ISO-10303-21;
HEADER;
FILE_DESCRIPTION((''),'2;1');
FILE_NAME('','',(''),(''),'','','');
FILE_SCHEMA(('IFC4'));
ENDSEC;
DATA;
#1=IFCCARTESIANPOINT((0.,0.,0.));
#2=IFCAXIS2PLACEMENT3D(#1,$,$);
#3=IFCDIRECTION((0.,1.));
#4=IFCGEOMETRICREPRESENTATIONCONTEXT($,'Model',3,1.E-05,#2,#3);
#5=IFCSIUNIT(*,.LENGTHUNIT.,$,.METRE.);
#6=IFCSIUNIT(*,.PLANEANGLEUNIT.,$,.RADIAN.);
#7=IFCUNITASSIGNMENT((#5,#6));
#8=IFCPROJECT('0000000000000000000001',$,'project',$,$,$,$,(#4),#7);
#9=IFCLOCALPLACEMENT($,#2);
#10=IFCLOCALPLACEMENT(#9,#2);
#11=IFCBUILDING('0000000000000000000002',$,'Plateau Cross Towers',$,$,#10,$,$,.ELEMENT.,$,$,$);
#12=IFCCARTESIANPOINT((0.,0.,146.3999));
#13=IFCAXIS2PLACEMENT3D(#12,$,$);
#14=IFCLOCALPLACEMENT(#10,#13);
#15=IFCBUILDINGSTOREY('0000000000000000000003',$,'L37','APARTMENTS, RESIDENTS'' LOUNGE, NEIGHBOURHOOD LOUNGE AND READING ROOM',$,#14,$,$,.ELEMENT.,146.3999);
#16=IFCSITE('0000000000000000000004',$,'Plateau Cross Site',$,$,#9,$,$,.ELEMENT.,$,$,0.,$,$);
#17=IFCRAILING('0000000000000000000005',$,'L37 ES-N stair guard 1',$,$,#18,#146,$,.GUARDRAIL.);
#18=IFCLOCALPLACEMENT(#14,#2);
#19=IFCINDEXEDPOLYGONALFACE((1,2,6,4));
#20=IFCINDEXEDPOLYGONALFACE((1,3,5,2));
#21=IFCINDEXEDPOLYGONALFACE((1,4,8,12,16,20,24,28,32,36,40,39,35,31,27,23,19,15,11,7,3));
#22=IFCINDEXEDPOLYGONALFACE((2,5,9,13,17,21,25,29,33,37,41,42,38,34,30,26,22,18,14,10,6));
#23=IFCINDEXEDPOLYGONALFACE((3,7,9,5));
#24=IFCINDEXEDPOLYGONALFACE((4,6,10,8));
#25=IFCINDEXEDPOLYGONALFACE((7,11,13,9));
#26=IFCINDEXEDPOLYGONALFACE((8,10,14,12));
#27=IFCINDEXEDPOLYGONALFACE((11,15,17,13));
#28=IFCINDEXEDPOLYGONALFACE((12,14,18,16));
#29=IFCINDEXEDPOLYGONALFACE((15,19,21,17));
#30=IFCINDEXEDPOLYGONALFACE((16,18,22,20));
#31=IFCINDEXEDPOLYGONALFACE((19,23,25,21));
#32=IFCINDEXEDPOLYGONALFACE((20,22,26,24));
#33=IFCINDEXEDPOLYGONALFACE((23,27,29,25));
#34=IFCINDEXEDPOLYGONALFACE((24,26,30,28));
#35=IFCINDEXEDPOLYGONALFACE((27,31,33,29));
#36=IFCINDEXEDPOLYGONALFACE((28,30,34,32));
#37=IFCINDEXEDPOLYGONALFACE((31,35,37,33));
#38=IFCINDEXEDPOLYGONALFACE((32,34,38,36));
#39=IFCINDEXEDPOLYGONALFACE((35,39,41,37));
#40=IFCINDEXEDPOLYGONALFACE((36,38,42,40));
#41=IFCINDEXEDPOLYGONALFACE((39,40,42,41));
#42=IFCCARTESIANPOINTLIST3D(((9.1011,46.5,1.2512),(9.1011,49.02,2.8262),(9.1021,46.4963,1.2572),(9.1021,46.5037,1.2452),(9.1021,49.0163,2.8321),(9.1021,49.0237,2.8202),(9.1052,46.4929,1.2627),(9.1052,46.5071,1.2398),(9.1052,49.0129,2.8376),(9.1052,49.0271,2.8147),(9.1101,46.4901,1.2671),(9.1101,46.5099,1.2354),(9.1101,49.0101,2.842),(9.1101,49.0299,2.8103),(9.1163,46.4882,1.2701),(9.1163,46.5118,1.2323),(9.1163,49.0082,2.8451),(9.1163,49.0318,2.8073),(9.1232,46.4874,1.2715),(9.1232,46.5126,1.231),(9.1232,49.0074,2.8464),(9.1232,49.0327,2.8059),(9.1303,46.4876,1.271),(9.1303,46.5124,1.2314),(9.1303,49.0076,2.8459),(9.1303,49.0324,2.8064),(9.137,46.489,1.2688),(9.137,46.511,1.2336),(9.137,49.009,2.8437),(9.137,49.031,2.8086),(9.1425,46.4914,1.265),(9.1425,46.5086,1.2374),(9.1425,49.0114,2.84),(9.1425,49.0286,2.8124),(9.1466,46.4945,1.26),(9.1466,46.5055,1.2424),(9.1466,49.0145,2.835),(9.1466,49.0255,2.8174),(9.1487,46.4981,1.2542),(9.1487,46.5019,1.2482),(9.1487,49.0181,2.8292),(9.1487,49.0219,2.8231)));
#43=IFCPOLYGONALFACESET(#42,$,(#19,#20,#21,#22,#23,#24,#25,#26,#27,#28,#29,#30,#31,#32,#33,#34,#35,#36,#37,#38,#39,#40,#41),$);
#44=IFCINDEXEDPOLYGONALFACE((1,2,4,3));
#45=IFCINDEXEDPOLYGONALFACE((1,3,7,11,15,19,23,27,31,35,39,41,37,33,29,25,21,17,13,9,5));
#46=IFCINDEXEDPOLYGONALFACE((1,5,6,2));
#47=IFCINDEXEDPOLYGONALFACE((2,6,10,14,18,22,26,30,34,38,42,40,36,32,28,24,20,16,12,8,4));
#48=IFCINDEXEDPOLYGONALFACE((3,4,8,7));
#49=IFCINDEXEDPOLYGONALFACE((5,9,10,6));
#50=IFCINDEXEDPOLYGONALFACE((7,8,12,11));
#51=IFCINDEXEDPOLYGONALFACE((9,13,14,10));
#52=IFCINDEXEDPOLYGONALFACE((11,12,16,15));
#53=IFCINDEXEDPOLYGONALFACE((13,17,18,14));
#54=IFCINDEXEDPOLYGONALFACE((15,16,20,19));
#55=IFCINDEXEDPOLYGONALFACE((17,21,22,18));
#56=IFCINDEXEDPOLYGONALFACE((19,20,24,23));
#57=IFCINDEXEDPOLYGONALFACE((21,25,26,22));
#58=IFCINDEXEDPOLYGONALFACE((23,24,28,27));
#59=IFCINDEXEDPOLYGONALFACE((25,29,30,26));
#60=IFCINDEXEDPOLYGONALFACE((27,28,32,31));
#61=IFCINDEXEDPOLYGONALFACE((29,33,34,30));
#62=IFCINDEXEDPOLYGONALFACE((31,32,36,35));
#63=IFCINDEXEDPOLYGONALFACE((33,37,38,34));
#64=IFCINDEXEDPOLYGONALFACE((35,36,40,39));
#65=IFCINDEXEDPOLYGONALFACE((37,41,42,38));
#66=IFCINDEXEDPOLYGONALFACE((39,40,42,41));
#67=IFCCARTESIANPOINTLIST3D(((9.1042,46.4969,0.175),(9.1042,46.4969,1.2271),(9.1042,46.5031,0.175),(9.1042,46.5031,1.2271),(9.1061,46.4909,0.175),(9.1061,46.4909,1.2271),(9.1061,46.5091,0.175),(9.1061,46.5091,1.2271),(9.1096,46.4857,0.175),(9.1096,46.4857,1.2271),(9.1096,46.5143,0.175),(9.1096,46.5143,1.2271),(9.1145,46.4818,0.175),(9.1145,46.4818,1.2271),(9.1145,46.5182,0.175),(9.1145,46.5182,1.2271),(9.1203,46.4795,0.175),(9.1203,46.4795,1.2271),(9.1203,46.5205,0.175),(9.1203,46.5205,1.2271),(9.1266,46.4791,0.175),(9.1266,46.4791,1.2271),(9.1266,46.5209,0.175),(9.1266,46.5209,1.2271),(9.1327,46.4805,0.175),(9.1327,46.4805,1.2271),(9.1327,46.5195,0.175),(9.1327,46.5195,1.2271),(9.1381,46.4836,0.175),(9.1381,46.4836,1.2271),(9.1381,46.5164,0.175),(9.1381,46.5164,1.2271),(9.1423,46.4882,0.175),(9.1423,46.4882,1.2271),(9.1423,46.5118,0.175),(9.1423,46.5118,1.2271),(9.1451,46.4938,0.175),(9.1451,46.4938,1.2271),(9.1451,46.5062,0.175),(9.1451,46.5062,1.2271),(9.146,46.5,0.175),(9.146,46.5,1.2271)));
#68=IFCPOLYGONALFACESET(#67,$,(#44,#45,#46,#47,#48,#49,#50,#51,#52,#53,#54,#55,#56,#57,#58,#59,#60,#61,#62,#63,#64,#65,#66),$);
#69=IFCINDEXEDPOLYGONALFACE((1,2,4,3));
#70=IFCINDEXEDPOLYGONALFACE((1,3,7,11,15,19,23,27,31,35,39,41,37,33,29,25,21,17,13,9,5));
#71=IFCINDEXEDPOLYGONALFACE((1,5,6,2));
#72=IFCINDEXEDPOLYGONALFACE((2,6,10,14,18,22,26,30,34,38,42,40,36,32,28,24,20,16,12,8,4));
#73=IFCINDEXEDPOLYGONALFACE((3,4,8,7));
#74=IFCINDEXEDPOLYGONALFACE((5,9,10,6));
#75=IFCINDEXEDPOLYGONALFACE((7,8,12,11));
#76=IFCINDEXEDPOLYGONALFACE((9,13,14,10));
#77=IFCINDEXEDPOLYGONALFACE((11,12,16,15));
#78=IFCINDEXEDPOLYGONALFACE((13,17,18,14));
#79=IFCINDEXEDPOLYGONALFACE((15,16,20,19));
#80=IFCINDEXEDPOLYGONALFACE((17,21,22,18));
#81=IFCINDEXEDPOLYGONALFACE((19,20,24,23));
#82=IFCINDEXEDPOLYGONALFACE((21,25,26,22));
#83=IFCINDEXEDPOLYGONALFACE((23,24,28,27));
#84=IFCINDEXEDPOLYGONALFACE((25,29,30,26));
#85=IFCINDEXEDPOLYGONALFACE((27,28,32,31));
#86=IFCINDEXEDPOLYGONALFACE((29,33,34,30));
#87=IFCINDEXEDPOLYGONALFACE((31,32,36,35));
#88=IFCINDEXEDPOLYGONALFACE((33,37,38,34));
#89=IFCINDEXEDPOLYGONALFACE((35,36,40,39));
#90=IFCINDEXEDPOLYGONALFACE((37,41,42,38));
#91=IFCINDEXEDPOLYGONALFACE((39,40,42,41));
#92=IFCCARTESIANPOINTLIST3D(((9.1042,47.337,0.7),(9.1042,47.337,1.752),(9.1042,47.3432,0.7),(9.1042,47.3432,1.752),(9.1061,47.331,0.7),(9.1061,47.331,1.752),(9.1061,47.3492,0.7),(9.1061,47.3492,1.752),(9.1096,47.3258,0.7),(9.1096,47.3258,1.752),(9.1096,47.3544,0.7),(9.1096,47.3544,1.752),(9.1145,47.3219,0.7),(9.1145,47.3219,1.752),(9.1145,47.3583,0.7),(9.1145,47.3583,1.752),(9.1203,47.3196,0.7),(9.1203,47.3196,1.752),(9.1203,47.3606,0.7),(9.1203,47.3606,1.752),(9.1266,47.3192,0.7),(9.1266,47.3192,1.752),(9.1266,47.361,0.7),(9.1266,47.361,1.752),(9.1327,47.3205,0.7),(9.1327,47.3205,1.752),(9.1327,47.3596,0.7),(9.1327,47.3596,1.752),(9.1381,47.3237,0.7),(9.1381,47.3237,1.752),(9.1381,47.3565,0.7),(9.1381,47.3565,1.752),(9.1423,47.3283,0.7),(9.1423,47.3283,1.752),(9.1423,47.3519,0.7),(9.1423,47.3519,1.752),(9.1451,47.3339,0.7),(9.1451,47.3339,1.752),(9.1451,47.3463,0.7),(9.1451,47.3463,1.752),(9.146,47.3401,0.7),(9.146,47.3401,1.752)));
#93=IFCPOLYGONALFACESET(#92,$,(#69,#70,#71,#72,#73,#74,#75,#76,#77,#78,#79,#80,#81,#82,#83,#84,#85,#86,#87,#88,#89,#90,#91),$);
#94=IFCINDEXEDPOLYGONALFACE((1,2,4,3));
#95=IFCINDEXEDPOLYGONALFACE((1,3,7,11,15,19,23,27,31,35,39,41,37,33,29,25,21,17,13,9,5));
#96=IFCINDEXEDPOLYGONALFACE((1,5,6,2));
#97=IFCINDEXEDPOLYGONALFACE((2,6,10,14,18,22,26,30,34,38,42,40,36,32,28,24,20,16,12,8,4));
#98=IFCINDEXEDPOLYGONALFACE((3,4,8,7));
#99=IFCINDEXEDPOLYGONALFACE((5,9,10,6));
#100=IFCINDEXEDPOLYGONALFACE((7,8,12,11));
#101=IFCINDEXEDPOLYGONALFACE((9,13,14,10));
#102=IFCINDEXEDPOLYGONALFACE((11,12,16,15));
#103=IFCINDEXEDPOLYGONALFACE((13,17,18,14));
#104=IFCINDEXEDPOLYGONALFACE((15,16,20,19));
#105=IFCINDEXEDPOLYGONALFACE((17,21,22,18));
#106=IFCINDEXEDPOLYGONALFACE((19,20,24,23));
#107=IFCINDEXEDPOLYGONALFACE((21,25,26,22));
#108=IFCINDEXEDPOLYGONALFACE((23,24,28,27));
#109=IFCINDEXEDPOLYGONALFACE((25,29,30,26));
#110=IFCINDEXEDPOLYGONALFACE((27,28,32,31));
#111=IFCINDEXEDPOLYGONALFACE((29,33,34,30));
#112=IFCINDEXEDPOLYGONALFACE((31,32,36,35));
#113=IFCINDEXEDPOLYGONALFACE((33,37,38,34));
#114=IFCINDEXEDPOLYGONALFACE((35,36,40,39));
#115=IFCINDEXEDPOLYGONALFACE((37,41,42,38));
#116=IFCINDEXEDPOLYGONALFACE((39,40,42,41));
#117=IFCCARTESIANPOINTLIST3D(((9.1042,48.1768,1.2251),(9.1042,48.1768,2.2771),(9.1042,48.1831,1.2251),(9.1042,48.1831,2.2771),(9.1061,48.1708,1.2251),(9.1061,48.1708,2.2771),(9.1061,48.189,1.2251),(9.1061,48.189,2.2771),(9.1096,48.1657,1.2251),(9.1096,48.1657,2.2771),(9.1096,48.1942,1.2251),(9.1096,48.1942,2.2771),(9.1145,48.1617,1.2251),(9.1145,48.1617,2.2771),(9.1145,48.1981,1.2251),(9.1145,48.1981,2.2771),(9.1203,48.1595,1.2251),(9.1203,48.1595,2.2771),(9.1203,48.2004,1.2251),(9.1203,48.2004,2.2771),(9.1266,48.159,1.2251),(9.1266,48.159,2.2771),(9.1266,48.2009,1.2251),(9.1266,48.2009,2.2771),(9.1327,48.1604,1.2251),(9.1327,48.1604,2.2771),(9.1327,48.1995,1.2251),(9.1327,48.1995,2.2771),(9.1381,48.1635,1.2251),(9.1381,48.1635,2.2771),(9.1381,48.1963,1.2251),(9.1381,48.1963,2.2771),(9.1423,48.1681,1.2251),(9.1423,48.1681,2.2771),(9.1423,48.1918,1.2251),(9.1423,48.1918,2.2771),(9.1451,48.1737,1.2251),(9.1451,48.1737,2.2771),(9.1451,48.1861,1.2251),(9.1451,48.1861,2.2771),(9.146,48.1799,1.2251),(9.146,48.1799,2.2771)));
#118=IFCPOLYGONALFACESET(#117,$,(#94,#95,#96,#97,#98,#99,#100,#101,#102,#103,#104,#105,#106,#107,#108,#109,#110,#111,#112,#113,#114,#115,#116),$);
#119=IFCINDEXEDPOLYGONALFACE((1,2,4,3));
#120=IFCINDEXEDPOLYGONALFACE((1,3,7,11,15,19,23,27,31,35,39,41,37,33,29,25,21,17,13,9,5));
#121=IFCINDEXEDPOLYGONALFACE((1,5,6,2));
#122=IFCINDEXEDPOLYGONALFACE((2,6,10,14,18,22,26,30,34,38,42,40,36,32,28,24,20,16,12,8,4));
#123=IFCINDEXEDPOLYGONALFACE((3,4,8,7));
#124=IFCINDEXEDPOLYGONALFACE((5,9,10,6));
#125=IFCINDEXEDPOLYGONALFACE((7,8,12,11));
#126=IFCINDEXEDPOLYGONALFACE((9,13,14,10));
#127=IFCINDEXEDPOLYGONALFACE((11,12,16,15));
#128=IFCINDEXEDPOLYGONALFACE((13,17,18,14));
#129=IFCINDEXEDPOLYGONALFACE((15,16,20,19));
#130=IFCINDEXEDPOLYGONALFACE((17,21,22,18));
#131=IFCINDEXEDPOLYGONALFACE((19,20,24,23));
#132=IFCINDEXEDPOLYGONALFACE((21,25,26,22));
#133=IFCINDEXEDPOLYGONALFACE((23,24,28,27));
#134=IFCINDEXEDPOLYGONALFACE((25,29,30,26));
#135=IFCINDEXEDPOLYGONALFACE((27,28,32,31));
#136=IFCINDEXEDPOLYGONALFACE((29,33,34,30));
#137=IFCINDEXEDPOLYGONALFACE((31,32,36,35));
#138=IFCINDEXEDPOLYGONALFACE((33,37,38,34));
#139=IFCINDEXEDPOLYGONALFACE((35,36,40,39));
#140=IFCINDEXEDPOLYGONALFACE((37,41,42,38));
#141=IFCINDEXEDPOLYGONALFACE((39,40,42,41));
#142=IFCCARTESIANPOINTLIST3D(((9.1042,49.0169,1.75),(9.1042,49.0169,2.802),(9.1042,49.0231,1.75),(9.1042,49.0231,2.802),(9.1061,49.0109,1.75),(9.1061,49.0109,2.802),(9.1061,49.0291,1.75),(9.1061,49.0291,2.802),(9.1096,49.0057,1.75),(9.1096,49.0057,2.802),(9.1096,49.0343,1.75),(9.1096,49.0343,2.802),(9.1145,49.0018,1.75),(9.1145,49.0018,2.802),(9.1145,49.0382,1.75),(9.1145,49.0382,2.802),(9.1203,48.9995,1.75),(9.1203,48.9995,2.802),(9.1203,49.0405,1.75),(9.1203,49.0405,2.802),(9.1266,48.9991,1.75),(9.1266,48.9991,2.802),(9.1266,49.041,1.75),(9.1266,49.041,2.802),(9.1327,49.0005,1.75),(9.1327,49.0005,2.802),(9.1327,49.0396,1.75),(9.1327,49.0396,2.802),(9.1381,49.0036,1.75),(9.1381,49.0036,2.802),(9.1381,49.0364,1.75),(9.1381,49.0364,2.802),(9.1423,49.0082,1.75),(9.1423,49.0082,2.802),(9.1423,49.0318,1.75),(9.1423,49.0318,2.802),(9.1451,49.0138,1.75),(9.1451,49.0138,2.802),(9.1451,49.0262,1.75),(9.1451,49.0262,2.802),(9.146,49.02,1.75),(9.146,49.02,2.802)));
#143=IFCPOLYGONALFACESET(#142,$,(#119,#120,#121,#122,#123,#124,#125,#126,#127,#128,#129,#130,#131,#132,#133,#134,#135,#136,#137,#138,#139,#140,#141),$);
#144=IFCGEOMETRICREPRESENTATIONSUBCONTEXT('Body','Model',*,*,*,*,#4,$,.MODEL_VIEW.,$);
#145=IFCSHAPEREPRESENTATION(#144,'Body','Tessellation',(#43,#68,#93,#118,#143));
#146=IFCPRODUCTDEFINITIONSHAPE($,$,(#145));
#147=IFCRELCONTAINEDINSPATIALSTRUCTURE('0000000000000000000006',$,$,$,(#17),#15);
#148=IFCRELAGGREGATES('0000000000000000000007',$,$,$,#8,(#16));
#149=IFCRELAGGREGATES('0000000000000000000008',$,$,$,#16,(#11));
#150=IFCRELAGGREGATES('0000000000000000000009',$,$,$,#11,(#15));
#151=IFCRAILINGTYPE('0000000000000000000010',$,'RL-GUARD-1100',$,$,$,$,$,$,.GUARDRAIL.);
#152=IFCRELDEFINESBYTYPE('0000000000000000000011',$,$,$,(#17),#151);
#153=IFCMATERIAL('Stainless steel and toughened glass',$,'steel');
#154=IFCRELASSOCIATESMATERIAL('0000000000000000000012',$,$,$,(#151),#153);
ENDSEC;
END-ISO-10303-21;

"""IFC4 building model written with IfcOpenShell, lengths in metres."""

from ifc_helpers import new_model, si_unit, direction, frame, origin, origin_2d, place, context, subcontext, project, spatial, circle, extrude, material, type_object, element, save


model = new_model("IFC4")

# Units and contexts
model_context = context("Model", 3, precision=1e-05, world=origin(), true_north=direction((0.0, 1.0)))
body_context = subcontext(model_context, "Body", "Model", "MODEL_VIEW")
ifc_project = project(units=[si_unit("LENGTHUNIT", "METRE"), si_unit("PLANEANGLEUNIT", "RADIAN")], contexts=[model_context])

# Site, building, storey
site_placement = place(None, origin())
site = spatial("IfcSite", under=ifc_project, at=site_placement, Name="Plateau Cross Site", CompositionType="ELEMENT", RefElevation=0.0)
building_placement = place(site_placement, origin())
building = spatial("IfcBuilding", under=site, at=building_placement, Name="Plateau Cross Towers", CompositionType="ELEMENT")
storey_placement = place(building_placement, frame((0.0, 0.0, 146.3999)))
storey = spatial("IfcBuildingStorey", under=building, at=storey_placement, Name="L37", Description="APARTMENTS, RESIDENTS' LOUNGE, NEIGHBOURHOOD LOUNGE AND READING ROOM", CompositionType="ELEMENT", Elevation=146.3999)

# Railing
ifc_material_1 = material(Name="Stainless steel and toughened glass", Category="steel")
railing_type_1 = type_object("IfcRailingType", Name="RL-GUARD-1100", PredefinedType="GUARDRAIL", material=ifc_material_1)
railing_1_placement = place(storey_placement, frame((9.125, 46.5, 0.175)))
element("IfcRailing", 1, at=railing_1_placement, inside=storey, type_object=railing_type_1, Name="L37 ES-N stair guard 1", PredefinedType="GUARDRAIL", context=body_context, shape_type="SweptSolid", body=[
    extrude(circle(Radius=0.0239, at=origin_2d()), frame((0.0, 0.0, 1.0762), z_axis=(0.0, 0.848008, 0.529984), x_axis=(-1.0, 0.0, 0.0)), (0.0, 0.0, 1.0), 2.9717),
    extrude(circle(Radius=0.021, at=origin_2d()), origin(), (0.0, 0.0, 1.0), 1.052),
    extrude(circle(Radius=0.021, at=origin_2d()), frame((0.0, 0.8401, 0.5249)), (0.0, 0.0, 1.0), 1.052),
    extrude(circle(Radius=0.021, at=origin_2d()), frame((0.0, 1.6799, 1.05)), (0.0, 0.0, 1.0), 1.052),
    extrude(circle(Radius=0.021, at=origin_2d()), frame((0.0, 2.52, 1.575)), (0.0, 0.0, 1.0), 1.052),
])

save(model, "model.ifc")
